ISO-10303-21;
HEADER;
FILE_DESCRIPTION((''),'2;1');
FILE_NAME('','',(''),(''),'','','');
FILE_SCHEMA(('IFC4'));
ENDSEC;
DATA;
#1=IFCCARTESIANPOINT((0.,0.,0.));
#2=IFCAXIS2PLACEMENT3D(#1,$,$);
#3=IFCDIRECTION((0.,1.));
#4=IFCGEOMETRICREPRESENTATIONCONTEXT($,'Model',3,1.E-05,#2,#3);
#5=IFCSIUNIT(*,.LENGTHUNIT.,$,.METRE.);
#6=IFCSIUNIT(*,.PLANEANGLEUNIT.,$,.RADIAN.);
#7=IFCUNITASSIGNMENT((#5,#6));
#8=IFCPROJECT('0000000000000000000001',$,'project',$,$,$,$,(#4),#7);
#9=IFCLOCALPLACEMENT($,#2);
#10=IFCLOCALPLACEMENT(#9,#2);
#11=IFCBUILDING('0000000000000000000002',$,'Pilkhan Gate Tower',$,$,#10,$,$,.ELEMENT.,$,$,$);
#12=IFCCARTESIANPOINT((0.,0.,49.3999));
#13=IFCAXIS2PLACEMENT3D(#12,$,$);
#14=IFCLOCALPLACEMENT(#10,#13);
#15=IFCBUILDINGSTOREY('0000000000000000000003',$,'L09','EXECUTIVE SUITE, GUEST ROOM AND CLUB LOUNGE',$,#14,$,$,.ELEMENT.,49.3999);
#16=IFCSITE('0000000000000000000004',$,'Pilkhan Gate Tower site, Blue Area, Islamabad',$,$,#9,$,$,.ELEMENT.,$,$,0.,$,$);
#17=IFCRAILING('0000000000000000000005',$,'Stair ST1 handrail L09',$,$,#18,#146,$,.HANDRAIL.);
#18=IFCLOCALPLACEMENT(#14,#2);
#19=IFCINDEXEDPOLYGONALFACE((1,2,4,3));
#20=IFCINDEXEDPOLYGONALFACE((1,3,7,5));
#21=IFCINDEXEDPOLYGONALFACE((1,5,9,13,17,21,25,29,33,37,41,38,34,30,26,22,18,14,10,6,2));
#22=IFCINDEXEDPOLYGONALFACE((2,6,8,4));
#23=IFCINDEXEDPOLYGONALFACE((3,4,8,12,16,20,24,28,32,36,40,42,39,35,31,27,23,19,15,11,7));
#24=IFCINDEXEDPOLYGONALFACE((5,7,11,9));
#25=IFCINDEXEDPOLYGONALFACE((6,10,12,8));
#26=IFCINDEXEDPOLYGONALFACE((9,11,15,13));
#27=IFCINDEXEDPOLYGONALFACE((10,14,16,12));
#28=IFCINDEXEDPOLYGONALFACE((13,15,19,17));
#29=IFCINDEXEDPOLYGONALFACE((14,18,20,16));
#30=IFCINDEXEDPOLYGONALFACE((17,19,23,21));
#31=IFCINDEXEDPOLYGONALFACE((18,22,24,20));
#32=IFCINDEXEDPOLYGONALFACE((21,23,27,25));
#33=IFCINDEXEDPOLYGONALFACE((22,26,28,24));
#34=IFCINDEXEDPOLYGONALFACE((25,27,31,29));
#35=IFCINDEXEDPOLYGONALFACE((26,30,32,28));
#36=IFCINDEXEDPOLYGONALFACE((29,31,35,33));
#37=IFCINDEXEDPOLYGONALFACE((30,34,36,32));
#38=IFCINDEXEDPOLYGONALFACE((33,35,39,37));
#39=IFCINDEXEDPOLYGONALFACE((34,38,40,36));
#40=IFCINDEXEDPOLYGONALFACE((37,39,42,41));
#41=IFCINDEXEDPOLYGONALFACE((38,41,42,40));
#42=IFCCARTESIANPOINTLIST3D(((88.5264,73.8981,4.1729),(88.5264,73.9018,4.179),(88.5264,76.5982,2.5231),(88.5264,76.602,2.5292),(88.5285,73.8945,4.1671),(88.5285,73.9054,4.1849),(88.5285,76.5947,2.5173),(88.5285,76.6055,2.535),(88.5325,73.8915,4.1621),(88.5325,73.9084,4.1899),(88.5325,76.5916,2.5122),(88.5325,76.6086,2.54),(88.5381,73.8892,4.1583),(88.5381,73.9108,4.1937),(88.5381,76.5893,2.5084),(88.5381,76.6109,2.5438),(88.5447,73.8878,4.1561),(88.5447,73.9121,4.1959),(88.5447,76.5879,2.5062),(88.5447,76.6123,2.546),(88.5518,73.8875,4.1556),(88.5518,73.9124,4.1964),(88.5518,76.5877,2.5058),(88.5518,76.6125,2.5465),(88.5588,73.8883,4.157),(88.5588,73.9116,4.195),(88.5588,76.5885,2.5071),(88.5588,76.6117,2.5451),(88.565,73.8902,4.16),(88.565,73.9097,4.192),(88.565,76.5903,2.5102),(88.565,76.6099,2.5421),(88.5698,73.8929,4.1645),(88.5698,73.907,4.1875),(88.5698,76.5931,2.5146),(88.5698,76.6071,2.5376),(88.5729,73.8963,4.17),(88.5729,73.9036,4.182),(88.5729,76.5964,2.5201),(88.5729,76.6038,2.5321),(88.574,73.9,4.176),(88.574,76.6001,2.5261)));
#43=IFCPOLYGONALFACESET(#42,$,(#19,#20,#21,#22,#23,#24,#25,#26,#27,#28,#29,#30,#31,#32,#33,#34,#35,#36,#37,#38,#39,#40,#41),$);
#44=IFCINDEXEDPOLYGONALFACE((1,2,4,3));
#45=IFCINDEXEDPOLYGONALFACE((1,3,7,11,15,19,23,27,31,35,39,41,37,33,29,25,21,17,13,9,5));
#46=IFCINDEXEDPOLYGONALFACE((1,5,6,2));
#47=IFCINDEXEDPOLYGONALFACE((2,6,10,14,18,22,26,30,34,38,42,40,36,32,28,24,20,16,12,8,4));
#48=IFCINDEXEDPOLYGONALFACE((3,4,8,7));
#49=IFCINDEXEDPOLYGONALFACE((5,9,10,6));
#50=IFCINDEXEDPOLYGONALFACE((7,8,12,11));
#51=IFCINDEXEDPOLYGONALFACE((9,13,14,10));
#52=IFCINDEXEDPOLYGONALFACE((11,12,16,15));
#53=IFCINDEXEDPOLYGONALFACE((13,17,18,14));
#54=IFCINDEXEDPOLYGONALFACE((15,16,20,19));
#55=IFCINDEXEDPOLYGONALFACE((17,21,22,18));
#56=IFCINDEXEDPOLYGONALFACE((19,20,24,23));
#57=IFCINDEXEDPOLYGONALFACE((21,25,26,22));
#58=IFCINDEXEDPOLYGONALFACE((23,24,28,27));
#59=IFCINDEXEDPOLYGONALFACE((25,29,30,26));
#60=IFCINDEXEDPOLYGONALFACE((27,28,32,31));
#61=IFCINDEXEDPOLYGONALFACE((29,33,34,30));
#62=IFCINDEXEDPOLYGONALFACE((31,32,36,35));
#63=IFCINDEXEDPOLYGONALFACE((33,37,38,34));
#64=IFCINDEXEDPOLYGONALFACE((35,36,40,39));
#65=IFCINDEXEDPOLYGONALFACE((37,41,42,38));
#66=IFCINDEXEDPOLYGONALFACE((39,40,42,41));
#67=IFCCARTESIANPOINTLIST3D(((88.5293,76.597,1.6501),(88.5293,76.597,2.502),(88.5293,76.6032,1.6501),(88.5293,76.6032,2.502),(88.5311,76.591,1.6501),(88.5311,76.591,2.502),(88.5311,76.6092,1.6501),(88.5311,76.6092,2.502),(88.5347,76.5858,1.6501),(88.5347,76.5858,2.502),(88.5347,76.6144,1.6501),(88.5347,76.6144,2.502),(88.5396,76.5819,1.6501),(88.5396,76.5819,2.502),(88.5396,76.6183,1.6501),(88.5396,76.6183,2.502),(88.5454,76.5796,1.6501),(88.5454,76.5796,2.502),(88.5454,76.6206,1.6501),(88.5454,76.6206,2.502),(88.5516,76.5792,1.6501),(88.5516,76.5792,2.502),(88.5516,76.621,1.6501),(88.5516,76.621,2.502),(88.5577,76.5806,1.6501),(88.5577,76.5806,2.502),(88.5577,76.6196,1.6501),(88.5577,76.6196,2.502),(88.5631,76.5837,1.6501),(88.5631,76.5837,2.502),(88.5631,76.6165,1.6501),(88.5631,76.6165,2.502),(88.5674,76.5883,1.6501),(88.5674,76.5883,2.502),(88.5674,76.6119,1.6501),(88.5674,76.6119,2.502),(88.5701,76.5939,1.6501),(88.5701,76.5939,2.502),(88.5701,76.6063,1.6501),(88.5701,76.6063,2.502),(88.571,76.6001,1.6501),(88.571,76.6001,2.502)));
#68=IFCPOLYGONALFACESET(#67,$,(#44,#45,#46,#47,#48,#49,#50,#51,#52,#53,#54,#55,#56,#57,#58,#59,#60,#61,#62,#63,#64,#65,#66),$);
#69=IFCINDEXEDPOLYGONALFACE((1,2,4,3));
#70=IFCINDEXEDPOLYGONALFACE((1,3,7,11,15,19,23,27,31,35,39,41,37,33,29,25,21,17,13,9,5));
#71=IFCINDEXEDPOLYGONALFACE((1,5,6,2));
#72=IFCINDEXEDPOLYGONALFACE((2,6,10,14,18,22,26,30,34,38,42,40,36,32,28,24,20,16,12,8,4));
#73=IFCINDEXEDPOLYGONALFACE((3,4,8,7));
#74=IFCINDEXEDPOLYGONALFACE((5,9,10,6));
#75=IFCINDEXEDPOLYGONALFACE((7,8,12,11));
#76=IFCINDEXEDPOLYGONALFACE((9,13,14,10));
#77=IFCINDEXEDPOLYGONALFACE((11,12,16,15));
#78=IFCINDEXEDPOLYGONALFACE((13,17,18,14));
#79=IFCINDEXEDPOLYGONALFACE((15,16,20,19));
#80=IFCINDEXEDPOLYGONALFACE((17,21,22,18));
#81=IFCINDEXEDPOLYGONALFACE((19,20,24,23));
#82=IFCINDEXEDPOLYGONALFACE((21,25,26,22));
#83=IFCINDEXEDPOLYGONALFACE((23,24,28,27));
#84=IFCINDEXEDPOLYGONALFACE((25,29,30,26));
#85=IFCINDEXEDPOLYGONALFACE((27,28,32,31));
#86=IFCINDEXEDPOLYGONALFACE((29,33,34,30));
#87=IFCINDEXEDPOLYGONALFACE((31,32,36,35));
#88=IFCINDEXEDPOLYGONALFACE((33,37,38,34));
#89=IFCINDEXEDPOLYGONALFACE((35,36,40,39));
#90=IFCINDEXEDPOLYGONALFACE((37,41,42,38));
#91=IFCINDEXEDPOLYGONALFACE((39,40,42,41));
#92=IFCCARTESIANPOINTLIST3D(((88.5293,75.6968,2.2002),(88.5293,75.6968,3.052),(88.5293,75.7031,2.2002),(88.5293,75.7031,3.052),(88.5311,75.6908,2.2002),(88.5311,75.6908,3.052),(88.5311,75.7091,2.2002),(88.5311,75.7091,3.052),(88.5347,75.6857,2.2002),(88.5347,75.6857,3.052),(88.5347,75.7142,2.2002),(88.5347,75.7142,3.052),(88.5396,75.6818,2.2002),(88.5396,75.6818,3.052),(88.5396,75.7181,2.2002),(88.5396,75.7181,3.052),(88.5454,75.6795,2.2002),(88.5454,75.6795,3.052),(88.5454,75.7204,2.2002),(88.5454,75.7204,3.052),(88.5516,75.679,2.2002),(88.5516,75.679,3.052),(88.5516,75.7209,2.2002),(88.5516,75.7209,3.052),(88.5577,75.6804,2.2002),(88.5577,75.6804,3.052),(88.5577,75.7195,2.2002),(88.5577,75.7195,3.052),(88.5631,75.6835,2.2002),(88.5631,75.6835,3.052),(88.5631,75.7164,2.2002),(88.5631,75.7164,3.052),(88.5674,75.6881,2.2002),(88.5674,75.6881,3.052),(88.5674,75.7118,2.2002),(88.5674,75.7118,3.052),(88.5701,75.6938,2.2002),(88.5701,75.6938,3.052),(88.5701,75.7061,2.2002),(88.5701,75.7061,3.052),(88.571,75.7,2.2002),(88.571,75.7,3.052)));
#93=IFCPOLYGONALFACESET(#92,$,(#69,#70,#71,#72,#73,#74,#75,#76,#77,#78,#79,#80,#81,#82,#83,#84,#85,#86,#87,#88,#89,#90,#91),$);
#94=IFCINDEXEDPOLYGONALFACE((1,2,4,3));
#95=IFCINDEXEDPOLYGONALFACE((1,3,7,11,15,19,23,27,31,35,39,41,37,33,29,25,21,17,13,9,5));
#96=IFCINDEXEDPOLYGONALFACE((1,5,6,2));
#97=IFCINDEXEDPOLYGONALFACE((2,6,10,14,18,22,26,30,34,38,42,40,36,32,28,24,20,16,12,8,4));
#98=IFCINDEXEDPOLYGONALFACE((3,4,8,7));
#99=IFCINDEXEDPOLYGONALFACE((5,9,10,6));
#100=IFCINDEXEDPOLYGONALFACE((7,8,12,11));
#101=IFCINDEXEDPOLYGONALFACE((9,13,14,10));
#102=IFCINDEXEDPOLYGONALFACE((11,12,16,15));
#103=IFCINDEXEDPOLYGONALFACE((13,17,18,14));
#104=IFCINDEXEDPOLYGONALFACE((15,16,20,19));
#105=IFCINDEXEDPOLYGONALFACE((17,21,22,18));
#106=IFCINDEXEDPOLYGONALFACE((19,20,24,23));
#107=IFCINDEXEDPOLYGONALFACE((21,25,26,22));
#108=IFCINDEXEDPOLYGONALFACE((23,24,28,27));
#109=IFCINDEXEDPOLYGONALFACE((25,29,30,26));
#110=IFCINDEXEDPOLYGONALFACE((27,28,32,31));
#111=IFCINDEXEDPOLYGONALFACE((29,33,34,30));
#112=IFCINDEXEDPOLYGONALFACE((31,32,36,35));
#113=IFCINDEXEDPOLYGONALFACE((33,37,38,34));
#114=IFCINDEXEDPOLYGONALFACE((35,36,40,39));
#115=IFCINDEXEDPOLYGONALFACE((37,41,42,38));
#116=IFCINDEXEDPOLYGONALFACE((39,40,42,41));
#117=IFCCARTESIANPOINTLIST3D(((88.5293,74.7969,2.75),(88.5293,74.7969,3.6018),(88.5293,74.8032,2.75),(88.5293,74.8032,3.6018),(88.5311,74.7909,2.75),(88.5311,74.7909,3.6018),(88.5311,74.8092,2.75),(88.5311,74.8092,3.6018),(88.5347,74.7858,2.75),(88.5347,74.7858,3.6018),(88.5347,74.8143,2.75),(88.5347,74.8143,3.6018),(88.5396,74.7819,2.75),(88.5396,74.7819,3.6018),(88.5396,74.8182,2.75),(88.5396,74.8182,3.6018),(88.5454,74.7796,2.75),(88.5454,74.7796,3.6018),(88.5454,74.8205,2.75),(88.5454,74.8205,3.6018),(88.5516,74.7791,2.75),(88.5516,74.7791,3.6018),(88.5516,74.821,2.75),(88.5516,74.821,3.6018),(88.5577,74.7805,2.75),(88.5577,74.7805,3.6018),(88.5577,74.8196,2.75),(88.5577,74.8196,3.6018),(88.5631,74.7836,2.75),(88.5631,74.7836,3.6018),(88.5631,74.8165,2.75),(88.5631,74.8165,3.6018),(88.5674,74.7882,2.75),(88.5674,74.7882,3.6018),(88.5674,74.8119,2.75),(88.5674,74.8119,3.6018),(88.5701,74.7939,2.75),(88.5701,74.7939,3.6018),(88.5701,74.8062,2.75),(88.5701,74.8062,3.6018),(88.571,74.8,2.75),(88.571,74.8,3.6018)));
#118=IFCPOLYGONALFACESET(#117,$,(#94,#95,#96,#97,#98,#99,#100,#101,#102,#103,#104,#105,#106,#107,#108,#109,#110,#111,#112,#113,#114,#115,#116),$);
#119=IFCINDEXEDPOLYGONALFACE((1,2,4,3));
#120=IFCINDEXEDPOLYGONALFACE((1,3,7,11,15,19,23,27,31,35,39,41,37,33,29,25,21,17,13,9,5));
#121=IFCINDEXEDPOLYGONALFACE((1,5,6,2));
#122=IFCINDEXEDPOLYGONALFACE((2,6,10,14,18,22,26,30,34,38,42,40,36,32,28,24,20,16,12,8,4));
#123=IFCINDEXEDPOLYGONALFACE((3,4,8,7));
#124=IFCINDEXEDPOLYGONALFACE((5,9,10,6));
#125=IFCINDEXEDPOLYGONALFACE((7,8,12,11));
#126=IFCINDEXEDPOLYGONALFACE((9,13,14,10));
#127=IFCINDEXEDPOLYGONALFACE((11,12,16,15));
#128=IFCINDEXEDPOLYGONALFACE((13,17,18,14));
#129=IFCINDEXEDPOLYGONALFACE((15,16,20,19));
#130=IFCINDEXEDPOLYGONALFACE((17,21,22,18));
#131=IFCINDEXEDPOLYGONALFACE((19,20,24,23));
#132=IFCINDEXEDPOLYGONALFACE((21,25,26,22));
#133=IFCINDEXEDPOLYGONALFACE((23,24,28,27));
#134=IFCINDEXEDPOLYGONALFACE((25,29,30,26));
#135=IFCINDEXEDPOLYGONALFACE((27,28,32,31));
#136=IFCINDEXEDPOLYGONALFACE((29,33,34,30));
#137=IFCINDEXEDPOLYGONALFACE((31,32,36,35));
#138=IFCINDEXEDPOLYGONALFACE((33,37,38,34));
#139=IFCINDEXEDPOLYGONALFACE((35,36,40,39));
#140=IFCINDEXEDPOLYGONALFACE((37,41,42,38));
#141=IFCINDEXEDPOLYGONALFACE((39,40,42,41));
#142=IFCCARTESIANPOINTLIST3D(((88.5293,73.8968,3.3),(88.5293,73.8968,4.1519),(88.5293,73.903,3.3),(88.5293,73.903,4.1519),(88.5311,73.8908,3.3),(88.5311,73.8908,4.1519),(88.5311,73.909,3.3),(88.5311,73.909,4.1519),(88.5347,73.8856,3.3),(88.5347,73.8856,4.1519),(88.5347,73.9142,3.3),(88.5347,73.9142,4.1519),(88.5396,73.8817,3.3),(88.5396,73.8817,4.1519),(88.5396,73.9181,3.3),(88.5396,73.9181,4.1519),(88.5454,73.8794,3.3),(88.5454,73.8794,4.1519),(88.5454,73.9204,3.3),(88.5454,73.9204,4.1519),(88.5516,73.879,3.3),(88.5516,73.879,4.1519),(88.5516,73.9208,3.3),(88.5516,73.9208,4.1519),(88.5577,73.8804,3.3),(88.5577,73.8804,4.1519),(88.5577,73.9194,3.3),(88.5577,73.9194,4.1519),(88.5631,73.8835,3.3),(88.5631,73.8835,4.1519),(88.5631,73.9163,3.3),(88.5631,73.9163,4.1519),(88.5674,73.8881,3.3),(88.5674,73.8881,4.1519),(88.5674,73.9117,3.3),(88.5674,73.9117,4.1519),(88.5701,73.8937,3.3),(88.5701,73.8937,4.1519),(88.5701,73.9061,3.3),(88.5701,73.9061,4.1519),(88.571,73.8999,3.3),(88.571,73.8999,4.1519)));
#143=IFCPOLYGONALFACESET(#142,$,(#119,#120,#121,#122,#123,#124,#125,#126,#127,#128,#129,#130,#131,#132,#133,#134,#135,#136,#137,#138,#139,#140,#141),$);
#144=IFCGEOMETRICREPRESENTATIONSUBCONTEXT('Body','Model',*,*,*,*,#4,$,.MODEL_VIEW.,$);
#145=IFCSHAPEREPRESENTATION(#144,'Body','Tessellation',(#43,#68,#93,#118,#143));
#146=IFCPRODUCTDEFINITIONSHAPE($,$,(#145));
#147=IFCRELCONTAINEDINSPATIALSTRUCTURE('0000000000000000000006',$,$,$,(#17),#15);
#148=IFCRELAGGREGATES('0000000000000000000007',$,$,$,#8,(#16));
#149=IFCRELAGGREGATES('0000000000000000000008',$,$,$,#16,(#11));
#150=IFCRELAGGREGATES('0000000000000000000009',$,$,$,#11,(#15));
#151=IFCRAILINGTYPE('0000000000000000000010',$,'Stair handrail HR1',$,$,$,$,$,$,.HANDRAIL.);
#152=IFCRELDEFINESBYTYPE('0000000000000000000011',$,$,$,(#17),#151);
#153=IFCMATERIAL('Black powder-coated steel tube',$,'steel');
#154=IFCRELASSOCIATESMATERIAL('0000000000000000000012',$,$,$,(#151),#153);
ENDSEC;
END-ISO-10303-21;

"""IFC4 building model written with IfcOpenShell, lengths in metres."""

from ifc_helpers import new_model, si_unit, direction, frame, origin, origin_2d, place, context, subcontext, project, spatial, circle, extrude, material, type_object, element, save


model = new_model("IFC4")

# Units and contexts
model_context = context("Model", 3, precision=1e-05, world=origin(), true_north=direction((0.0, 1.0)))
body_context = subcontext(model_context, "Body", "Model", "MODEL_VIEW")
ifc_project = project(units=[si_unit("LENGTHUNIT", "METRE"), si_unit("PLANEANGLEUNIT", "RADIAN")], contexts=[model_context])

# Site, building, storey
site_placement = place(None, origin())
site = spatial("IfcSite", under=ifc_project, at=site_placement, Name="Pilkhan Gate Tower site, Blue Area, Islamabad", CompositionType="ELEMENT", RefElevation=0.0)
building_placement = place(site_placement, origin())
building = spatial("IfcBuilding", under=site, at=building_placement, Name="Pilkhan Gate Tower", CompositionType="ELEMENT")
storey_placement = place(building_placement, frame((0.0, 0.0, 49.3999)))
storey = spatial("IfcBuildingStorey", under=building, at=storey_placement, Name="L09", Description="EXECUTIVE SUITE, GUEST ROOM AND CLUB LOUNGE", CompositionType="ELEMENT", Elevation=49.3999)

# Railing
ifc_material_1 = material(Name="Black powder-coated steel tube", Category="steel")
railing_type_1 = type_object("IfcRailingType", Name="Stair handrail HR1", PredefinedType="HANDRAIL", material=ifc_material_1)
railing_1_placement = place(storey_placement, frame((88.55, 76.6001, 1.6501)))
element("IfcRailing", 1, at=railing_1_placement, inside=storey, type_object=railing_type_1, Name="Stair ST1 handrail L09", PredefinedType="HANDRAIL", context=body_context, shape_type="SweptSolid", body=[
    extrude(circle(Radius=0.0239, at=origin_2d()), frame((0.0, 0.0, 0.876), z_axis=(0.0, -0.853312, 0.5214), x_axis=(1.0, 0.0, 0.0)), (0.0, 0.0, 1.0), 3.1643),
    extrude(circle(Radius=0.021, at=origin_2d()), origin(), (0.0, 0.0, 1.0), 0.8518),
    extrude(circle(Radius=0.021, at=origin_2d()), frame((0.0, -0.9001, 0.55)), (0.0, 0.0, 1.0), 0.8518),
    extrude(circle(Radius=0.021, at=origin_2d()), frame((0.0, -1.8, 1.0999)), (0.0, 0.0, 1.0), 0.8518),
    extrude(circle(Radius=0.021, at=origin_2d()), frame((0.0, -2.7002, 1.6499)), (0.0, 0.0, 1.0), 0.8518),
])

save(model, "model.ifc")
